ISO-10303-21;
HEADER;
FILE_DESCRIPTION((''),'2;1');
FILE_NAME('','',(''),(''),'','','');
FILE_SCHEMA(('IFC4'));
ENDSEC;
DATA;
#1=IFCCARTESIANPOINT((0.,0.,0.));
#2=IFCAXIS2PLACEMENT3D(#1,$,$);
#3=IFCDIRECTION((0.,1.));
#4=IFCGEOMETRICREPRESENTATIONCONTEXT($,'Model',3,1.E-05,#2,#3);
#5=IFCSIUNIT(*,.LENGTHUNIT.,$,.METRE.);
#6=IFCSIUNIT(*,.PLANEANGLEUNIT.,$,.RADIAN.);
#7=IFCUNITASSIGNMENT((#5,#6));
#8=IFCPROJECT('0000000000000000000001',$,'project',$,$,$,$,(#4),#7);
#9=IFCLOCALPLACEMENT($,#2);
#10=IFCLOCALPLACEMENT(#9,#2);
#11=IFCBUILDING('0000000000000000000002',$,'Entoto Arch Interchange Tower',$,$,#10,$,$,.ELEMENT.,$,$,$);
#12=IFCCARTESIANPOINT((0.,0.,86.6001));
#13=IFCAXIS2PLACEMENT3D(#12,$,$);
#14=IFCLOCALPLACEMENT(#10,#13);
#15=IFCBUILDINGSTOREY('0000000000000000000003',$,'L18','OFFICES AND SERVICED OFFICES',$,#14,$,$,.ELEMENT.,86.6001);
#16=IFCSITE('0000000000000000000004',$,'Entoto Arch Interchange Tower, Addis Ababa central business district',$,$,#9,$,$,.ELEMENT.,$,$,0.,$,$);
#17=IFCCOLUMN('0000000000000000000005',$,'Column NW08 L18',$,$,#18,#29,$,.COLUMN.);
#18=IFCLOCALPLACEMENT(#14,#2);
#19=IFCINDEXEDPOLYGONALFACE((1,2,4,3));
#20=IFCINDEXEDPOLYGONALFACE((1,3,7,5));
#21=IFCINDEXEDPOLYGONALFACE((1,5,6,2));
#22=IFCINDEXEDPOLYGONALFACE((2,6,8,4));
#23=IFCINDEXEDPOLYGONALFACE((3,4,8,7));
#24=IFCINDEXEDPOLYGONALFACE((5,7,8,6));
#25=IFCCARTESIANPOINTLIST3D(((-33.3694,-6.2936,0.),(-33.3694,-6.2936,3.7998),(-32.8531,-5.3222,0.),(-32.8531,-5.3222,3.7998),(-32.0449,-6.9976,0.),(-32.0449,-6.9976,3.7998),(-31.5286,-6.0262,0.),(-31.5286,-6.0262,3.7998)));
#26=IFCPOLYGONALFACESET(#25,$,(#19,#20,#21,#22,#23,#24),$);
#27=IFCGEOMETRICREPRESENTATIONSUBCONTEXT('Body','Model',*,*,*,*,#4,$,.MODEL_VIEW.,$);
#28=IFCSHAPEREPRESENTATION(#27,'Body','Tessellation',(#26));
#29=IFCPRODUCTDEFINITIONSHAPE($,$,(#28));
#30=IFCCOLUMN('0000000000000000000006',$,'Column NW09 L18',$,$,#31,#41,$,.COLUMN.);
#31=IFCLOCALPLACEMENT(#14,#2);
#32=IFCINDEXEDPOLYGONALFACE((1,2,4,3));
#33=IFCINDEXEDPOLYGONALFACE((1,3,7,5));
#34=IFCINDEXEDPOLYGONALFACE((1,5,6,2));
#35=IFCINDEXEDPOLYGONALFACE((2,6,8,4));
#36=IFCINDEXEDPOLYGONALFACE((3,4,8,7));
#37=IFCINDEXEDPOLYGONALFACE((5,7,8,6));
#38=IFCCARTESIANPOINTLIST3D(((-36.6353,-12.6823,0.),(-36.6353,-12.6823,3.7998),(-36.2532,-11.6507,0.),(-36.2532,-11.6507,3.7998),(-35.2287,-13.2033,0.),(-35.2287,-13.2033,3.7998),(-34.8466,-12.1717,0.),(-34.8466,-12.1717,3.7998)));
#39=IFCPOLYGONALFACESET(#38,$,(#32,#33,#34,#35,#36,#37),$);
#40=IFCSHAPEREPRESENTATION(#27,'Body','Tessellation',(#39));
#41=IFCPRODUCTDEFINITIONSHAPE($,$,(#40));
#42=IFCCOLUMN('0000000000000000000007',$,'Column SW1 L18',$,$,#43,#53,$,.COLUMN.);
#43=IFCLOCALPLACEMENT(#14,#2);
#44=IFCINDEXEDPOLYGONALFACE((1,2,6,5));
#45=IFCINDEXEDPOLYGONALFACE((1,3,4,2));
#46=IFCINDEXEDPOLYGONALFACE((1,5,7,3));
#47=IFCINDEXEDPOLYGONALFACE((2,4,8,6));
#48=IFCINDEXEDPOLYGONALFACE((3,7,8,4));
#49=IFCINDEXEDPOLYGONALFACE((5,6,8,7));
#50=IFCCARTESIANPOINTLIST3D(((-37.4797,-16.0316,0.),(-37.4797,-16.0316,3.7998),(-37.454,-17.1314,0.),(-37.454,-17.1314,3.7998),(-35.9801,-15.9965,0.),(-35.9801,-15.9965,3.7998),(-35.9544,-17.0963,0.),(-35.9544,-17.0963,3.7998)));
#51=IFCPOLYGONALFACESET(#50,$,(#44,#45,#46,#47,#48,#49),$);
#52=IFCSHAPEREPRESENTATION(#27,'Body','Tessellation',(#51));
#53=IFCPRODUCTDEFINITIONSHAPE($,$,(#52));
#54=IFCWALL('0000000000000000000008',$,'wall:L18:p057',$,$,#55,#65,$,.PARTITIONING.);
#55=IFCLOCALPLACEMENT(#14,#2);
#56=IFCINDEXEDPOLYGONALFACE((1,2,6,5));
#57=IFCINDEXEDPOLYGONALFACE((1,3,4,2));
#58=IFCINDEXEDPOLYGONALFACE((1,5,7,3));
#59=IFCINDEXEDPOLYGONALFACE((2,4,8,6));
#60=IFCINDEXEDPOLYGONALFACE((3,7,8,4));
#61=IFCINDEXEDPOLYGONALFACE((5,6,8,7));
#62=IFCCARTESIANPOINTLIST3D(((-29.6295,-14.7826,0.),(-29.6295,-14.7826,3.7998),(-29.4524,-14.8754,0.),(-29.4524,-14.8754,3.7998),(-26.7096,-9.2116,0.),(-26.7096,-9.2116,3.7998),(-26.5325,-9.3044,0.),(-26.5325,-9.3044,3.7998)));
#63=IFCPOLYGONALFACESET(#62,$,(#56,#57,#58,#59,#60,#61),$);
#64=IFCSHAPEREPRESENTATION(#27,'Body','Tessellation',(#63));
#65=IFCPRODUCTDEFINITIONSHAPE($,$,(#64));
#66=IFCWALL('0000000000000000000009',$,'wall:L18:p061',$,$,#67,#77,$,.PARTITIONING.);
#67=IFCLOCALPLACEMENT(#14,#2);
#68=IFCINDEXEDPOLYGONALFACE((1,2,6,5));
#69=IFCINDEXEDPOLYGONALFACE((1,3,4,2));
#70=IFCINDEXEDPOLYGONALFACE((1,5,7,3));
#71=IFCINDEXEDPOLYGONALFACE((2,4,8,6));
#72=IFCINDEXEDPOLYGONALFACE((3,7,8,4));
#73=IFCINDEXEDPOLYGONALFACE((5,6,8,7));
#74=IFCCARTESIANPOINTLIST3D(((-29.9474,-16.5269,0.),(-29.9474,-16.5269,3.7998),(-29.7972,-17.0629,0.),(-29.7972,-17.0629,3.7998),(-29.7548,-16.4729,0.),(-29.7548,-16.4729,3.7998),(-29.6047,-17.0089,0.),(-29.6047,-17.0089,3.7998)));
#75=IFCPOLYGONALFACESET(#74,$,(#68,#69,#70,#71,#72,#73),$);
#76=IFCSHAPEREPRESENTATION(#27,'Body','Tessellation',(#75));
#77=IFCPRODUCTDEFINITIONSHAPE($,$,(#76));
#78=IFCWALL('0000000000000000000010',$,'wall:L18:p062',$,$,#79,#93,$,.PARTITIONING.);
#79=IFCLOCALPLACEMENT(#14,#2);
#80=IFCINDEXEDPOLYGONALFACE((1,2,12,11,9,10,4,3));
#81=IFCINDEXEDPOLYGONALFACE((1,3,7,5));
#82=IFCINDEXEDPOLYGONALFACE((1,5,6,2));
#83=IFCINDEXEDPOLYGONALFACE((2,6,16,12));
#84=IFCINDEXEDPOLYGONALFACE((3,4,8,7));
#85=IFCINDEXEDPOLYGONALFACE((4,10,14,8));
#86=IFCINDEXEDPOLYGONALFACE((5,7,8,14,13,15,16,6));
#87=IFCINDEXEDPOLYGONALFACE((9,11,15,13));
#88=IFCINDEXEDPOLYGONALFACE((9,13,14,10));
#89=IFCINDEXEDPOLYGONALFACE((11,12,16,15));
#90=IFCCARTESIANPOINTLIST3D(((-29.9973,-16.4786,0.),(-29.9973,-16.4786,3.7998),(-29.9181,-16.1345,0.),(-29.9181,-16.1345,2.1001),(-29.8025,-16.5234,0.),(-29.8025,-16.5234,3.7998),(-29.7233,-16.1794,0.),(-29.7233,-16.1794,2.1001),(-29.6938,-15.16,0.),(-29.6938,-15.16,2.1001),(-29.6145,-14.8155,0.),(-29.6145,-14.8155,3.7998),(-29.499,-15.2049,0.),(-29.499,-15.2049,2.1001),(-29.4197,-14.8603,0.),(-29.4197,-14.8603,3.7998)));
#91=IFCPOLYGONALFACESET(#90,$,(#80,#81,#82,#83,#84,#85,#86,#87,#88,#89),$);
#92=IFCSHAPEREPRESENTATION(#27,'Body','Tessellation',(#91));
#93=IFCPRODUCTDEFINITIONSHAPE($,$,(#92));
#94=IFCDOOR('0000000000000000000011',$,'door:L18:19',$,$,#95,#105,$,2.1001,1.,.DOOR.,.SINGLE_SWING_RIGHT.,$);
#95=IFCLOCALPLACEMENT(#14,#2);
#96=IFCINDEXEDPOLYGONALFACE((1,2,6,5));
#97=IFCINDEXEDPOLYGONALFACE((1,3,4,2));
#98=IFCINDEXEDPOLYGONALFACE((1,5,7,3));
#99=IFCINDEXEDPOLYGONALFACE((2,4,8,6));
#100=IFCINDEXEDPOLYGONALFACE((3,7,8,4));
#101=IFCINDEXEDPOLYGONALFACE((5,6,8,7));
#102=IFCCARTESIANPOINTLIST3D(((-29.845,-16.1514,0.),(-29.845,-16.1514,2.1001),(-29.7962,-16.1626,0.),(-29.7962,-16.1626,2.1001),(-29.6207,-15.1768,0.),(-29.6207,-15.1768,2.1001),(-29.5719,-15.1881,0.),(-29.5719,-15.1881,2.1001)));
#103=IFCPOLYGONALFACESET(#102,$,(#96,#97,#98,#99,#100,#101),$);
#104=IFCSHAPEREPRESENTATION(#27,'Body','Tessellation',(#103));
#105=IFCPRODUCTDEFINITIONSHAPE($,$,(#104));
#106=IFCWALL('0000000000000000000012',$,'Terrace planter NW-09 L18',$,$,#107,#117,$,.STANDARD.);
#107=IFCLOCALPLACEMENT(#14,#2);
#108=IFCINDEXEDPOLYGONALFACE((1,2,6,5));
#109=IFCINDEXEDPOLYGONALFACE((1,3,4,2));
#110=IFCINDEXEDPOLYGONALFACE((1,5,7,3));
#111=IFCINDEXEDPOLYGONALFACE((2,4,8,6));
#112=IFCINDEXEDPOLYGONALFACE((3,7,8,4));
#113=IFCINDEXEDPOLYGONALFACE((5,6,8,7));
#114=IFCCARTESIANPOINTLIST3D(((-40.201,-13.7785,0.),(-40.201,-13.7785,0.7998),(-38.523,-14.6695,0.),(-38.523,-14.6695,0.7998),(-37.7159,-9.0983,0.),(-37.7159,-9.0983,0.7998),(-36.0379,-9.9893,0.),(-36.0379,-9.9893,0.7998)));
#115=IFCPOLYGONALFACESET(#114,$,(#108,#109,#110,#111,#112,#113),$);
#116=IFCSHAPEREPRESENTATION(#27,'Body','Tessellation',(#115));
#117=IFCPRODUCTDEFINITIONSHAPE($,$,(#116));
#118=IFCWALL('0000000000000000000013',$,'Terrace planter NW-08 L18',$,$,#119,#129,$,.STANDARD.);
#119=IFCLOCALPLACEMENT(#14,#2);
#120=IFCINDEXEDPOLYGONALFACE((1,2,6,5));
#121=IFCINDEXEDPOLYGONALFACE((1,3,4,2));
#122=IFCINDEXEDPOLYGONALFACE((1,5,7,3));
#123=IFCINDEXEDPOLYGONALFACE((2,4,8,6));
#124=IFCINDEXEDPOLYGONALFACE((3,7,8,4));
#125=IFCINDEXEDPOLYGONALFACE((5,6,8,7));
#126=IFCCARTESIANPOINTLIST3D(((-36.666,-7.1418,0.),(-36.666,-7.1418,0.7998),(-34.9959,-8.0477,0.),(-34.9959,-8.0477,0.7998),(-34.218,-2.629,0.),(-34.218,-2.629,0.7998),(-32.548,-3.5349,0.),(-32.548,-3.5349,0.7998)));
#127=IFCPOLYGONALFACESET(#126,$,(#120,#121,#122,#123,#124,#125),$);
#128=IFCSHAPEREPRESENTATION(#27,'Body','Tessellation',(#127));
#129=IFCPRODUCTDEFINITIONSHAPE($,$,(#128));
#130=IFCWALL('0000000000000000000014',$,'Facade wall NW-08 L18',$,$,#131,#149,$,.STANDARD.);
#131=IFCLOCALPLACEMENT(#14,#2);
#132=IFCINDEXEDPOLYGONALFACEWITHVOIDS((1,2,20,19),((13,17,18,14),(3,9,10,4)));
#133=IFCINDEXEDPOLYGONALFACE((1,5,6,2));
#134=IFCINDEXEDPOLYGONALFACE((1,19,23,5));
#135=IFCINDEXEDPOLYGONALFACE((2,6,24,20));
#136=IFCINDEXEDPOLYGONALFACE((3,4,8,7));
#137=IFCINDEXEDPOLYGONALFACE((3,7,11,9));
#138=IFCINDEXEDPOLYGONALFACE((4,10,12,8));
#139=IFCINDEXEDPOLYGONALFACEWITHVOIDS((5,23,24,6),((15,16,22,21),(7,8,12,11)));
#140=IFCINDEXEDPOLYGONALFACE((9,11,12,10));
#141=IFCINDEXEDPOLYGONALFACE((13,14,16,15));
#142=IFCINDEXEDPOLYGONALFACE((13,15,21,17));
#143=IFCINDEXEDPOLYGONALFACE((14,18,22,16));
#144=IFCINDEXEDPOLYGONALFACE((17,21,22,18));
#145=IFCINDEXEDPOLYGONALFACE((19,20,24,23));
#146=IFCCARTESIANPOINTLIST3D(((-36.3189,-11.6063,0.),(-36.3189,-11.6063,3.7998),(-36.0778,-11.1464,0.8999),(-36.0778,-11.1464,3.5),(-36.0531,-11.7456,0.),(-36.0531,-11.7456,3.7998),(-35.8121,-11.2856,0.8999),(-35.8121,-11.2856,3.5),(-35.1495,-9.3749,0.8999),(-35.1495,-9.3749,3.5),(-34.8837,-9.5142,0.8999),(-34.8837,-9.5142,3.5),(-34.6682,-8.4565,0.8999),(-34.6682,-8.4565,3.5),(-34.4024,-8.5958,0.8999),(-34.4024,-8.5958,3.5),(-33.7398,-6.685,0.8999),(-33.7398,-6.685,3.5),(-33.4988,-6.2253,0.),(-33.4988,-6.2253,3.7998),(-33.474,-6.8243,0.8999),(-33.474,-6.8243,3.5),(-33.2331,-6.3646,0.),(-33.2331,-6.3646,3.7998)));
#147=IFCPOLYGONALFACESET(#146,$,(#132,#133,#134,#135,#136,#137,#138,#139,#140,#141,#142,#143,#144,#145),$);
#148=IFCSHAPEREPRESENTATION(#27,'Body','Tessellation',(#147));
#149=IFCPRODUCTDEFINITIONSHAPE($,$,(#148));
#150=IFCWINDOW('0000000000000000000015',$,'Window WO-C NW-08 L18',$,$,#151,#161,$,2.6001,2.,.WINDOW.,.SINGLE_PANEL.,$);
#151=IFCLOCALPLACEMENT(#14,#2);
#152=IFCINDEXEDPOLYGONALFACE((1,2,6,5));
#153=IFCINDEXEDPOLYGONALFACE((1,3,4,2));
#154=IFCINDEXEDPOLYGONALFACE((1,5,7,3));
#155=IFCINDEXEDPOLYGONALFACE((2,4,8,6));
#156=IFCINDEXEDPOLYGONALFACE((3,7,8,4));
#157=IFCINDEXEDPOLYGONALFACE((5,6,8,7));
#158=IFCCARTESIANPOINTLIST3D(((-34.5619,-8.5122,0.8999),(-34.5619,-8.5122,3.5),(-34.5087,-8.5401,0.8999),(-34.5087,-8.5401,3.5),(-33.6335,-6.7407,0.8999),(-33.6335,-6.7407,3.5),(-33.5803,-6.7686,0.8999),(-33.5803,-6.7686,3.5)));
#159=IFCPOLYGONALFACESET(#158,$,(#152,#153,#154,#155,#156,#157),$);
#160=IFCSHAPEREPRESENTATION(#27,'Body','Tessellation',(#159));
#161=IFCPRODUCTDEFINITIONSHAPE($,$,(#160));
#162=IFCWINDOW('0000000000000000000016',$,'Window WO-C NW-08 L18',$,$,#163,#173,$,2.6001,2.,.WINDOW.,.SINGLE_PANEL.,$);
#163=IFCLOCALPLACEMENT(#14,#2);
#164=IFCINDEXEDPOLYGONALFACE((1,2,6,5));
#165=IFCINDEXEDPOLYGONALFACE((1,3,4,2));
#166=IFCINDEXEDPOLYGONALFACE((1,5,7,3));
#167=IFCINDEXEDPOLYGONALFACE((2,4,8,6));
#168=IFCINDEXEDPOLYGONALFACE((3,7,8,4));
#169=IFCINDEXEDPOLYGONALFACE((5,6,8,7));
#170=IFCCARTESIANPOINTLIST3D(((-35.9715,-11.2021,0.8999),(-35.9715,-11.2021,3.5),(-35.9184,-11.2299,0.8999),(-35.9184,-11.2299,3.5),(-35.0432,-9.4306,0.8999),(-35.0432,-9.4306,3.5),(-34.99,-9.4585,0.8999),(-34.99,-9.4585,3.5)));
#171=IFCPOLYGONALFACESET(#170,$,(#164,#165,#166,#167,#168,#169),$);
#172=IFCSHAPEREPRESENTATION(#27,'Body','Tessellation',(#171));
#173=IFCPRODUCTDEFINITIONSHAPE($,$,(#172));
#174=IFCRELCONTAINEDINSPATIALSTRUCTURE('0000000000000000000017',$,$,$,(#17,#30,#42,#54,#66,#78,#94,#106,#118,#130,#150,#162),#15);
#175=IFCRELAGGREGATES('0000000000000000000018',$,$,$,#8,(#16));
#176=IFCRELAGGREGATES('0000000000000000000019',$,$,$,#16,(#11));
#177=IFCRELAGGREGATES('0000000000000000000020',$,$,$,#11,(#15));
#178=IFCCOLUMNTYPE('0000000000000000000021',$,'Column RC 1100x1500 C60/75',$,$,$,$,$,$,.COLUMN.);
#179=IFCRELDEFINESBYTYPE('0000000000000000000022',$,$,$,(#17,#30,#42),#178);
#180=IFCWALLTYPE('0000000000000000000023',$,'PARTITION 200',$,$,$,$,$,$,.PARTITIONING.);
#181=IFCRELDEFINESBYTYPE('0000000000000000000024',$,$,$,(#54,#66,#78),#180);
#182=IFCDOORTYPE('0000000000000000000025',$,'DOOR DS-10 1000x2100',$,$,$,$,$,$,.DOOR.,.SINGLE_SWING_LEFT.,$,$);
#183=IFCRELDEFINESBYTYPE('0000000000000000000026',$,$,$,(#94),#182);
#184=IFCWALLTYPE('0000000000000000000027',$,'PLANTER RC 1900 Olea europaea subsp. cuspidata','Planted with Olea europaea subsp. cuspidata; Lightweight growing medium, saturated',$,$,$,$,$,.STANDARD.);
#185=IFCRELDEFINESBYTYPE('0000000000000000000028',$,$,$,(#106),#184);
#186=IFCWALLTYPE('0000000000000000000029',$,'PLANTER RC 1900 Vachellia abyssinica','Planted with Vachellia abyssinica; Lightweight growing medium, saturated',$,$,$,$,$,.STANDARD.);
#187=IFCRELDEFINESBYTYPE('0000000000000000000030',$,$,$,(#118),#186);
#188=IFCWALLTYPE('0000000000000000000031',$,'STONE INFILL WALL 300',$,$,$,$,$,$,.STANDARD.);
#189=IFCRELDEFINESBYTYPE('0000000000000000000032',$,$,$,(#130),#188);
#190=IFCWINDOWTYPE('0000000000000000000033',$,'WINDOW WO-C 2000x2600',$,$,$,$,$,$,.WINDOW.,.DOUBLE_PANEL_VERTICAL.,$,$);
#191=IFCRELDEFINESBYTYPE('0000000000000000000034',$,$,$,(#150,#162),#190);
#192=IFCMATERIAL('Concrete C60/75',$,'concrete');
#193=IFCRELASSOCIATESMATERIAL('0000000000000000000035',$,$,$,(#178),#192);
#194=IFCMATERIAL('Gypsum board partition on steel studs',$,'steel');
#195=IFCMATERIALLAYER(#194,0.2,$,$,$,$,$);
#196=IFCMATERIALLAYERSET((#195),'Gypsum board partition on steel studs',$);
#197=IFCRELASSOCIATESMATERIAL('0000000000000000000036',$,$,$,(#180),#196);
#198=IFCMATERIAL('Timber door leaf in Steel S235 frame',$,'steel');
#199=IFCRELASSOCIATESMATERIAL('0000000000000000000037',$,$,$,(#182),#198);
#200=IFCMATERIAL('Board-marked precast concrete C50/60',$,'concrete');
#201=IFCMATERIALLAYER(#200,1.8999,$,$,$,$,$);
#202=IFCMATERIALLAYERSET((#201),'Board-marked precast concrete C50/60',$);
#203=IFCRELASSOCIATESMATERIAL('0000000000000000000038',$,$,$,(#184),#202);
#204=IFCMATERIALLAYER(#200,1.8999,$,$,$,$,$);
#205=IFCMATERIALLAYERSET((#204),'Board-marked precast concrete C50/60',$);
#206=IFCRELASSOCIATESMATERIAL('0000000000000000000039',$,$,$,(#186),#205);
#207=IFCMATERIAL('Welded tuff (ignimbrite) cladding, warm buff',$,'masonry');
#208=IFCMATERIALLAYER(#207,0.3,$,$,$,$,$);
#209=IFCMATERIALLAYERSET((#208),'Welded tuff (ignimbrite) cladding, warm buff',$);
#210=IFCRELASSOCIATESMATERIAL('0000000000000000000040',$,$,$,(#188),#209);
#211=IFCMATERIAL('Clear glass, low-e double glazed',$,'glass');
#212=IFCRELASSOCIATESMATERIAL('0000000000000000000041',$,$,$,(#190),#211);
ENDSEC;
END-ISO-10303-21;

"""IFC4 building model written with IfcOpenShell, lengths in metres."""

from ifc_helpers import new_model, si_unit, direction, frame, frame_2d, origin, origin_2d, place, context, subcontext, project, spatial, rectangle, extrude, material, layer, layer_set, material_profile, profile_set, type_object, element, fill, save


model = new_model("IFC4")

# Units and contexts
model_context = context("Model", 3, precision=1e-05, world=origin(), true_north=direction((0.0, 1.0)))
body_context = subcontext(model_context, "Body", "Model", "MODEL_VIEW")
ifc_project = project(units=[si_unit("LENGTHUNIT", "METRE"), si_unit("PLANEANGLEUNIT", "RADIAN")], contexts=[model_context])

# Site, building, storey
site_placement = place(None, origin())
site = spatial("IfcSite", under=ifc_project, at=site_placement, Name="Entoto Arch Interchange Tower, Addis Ababa central business district", CompositionType="ELEMENT", RefElevation=0.0)
building_placement = place(site_placement, origin())
building = spatial("IfcBuilding", under=site, at=building_placement, Name="Entoto Arch Interchange Tower", CompositionType="ELEMENT")
storey_placement = place(building_placement, frame((0.0, 0.0, 86.6001)))
storey = spatial("IfcBuildingStorey", under=building, at=storey_placement, Name="L18", Description="OFFICES AND SERVICED OFFICES", CompositionType="ELEMENT", Elevation=86.6001)

# Columns
ifc_material_1 = material(Name="Concrete C60/75", Category="concrete")
ifc_material_profile = material_profile(ifc_material_1, rectangle(XDim=1.1001, YDim=1.5, at=origin_2d()))
ifc_profile_set = profile_set([ifc_material_profile], Name="Concrete C60/75")
column_type = type_object("IfcColumnType", Name="Column RC 1100x1500 C60/75", PredefinedType="COLUMN", material=ifc_profile_set)
for number, where, z_axis, x_axis, name in (
    (1, (-32.449, -6.1599, 0.0), (0.0, 0.0, 1.0), (0.469333, 0.883021, 0.0), "Column NW08 L18"),
    (2, (-35.741, -12.427, 0.0), (0.0, 0.0, 1.0), (0.347312, 0.93775, 0.0), "Column NW09 L18"),
    (3, (-36.717, -16.564, 0.0), (0.0, 0.0, 1.0), (-0.023385, 0.999727, 0.0), "Column SW1 L18"),
):
    element("IfcColumn", number, at=place(storey_placement, frame(where, z_axis=z_axis, x_axis=x_axis)), inside=storey, type_object=column_type, Name=name, PredefinedType="COLUMN", context=body_context, shape_type="SweptSolid", body=[
        extrude(rectangle(XDim=1.1001, YDim=1.5, at=origin_2d()), origin(), (0.0, 0.0, 1.0), 3.7998),
    ])

# Walls
ifc_material_2 = material(Name="Gypsum board partition on steel studs", Category="steel")
ifc_layer_1 = layer(ifc_material_2, 0.2)
ifc_layer_set_1 = layer_set([ifc_layer_1], Name="Gypsum board partition on steel studs")
wall_type_1 = type_object("IfcWallType", Name="PARTITION 200", PredefinedType="PARTITIONING", material=ifc_layer_set_1)
wall_1_placement = place(storey_placement, frame((-29.541, -14.8291, 0.0), z_axis=(0.0, 0.0, 1.0), x_axis=(0.464226, 0.885717, 0.0)))
element("IfcWall", 4, at=wall_1_placement, inside=storey, type_object=wall_type_1, Name="wall:L18:p057", PredefinedType="PARTITIONING", context=body_context, shape_type="SweptSolid", body=[
    extrude(rectangle(XDim=6.2898, YDim=0.2, at=frame_2d((3.145, 0.0))), origin(), (0.0, 0.0, 1.0), 3.7998),
])
wall_2_placement = place(storey_placement, frame((-29.7009, -17.0359, 0.0), z_axis=(0.0, 0.0, 1.0), x_axis=(-0.269793, 0.962918, 0.0)))
element("IfcWall", 5, at=wall_2_placement, inside=storey, type_object=wall_type_1, Name="wall:L18:p061", PredefinedType="PARTITIONING", context=body_context, shape_type="SweptSolid", body=[
    extrude(rectangle(XDim=0.5566, YDim=0.2, at=frame_2d((0.2783, 0.0))), origin(), (0.0, 0.0, 1.0), 3.7998),
])

# Wall, opening, door
wall_3_placement = place(storey_placement, frame((-29.8999, -16.501, 0.0), z_axis=(0.0, 0.0, 1.0), x_axis=(0.224316, 0.974516, 0.0)))
wall_3 = element("IfcWall", 6, at=wall_3_placement, inside=storey, type_object=wall_type_1, Name="wall:L18:p062", PredefinedType="PARTITIONING", context=body_context, shape_type="SweptSolid", body=[
    extrude(rectangle(XDim=1.7065, YDim=0.2, at=frame_2d((0.8533, 0.0))), origin(), (0.0, 0.0, 1.0), 3.7998),
])
opening_1_placement = place(wall_3_placement, frame((0.353, 0.0, 0.0)))
opening_1 = element("IfcOpeningElement", 7, at=opening_1_placement, cuts=wall_3, PredefinedType="OPENING", context=body_context, shape_type="SweptSolid", body=[
    extrude(rectangle(XDim=1.0, YDim=2.1001, at=frame_2d((0.5, 1.05))), frame((0.0, 0.1099, 0.0), z_axis=(0.0, -1.0, 0.0), x_axis=(1.0, 0.0, 0.0)), (0.0, 0.0, 1.0), 0.22),
])
ifc_material_3 = material(Name="Timber door leaf in Steel S235 frame", Category="steel")
door_type = type_object("IfcDoorType", Name="DOOR DS-10 1000x2100", OperationType="SINGLE_SWING_LEFT", PredefinedType="DOOR", material=ifc_material_3)
door_placement = place(opening_1_placement, origin())
door = element("IfcDoor", 8, at=door_placement, inside=storey, type_object=door_type, Name="door:L18:19", OperationType="SINGLE_SWING_RIGHT", OverallHeight=2.1001, OverallWidth=1.0, PredefinedType="DOOR", context=body_context, shape_type="SweptSolid", body=[
    extrude(rectangle(XDim=1.0, YDim=2.1001, at=frame_2d((0.5, 1.05))), frame((0.0, 0.0249, 0.0), z_axis=(0.0, -1.0, 0.0), x_axis=(1.0, 0.0, 0.0)), (0.0, 0.0, 1.0), 0.05),
])
fill(opening_1, door)

# Walls
ifc_material_4 = material(Name="Board-marked precast concrete C50/60", Category="concrete")
ifc_layer_2 = layer(ifc_material_4, 1.8999)
ifc_layer_set_2 = layer_set([ifc_layer_2], Name="Board-marked precast concrete C50/60")
wall_type_2 = type_object("IfcWallType", Name="PLANTER RC 1900 Olea europaea subsp. cuspidata", Description="Planted with Olea europaea subsp. cuspidata; Lightweight growing medium, saturated", PredefinedType="STANDARD", material=ifc_layer_set_2)
wall_4_placement = place(storey_placement, frame((-36.877, -9.5439, 0.0), z_axis=(0.0, 0.0, 1.0), x_axis=(-0.468973, -0.883212, 0.0)))
element("IfcWall", 9, at=wall_4_placement, inside=storey, type_object=wall_type_2, Name="Terrace planter NW-09 L18", PredefinedType="STANDARD", context=body_context, shape_type="SweptSolid", body=[
    extrude(rectangle(XDim=5.2991, YDim=1.8999, at=frame_2d((2.6494, 0.0))), origin(), (0.0, 0.0, 1.0), 0.7998),
])
ifc_layer_3 = layer(ifc_material_4, 1.8999)
ifc_layer_set_3 = layer_set([ifc_layer_3], Name="Board-marked precast concrete C50/60")
wall_type_3 = type_object("IfcWallType", Name="PLANTER RC 1900 Vachellia abyssinica", Description="Planted with Vachellia abyssinica; Lightweight growing medium, saturated", PredefinedType="STANDARD", material=ifc_layer_set_3)
wall_5_placement = place(storey_placement, frame((-33.3831, -3.082, 0.0), z_axis=(0.0, 0.0, 1.0), x_axis=(-0.476809, -0.879007, 0.0)))
element("IfcWall", 10, at=wall_5_placement, inside=storey, type_object=wall_type_3, Name="Terrace planter NW-08 L18", PredefinedType="STANDARD", context=body_context, shape_type="SweptSolid", body=[
    extrude(rectangle(XDim=5.134, YDim=1.8999, at=frame_2d((2.5669, 0.0))), origin(), (0.0, 0.0, 1.0), 0.7998),
])

# Wall, openings, windows
ifc_material_5 = material(Name="Welded tuff (ignimbrite) cladding, warm buff", Category="masonry")
ifc_layer_4 = layer(ifc_material_5, 0.3)
ifc_layer_set_4 = layer_set([ifc_layer_4], Name="Welded tuff (ignimbrite) cladding, warm buff")
wall_type_4 = type_object("IfcWallType", Name="STONE INFILL WALL 300", PredefinedType="STANDARD", material=ifc_layer_set_4)
wall_6_placement = place(storey_placement, frame((-33.366, -6.2949, 0.0), z_axis=(0.0, 0.0, 1.0), x_axis=(-0.464187, -0.885737, 0.0)))
wall_6 = element("IfcWall", 11, at=wall_6_placement, inside=storey, type_object=wall_type_4, Name="Facade wall NW-08 L18", PredefinedType="STANDARD", context=body_context, shape_type="SweptSolid", body=[
    extrude(rectangle(XDim=6.0752, YDim=0.3, at=frame_2d((3.0376, 0.0))), origin(), (0.0, 0.0, 1.0), 3.7998),
])
opening_2_placement = place(wall_6_placement, frame((0.519, 0.0, 0.8999)))
opening_2 = element("IfcOpeningElement", 12, at=opening_2_placement, cuts=wall_6, PredefinedType="OPENING", context=body_context, shape_type="SweptSolid", body=[
    extrude(rectangle(XDim=2.0, YDim=2.6001, at=frame_2d((1.0, 1.3))), frame((0.0, 0.1602, 0.0), z_axis=(0.0, -1.0, 0.0), x_axis=(1.0, 0.0, 0.0)), (0.0, 0.0, 1.0), 0.3201),
])
opening_3_placement = place(wall_6_placement, frame((3.5559, 0.0, 0.8999)))
opening_3 = element("IfcOpeningElement", 13, at=opening_3_placement, cuts=wall_6, PredefinedType="OPENING", context=body_context, shape_type="SweptSolid", body=[
    extrude(rectangle(XDim=2.0, YDim=2.6001, at=frame_2d((1.0, 1.3))), frame((0.0, 0.1602, 0.0), z_axis=(0.0, -1.0, 0.0), x_axis=(1.0, 0.0, 0.0)), (0.0, 0.0, 1.0), 0.3201),
])
ifc_material_6 = material(Name="Clear glass, low-e double glazed", Category="glass")
window_type_1 = type_object("IfcWindowType", Name="WINDOW WO-C 2000x2600", PartitioningType="DOUBLE_PANEL_VERTICAL", PredefinedType="WINDOW", material=ifc_material_6)
window_1_placement = place(opening_2_placement, origin())
window_1 = element("IfcWindow", 14, at=window_1_placement, inside=storey, type_object=window_type_1, Name="Window WO-C NW-08 L18", OverallHeight=2.6001, OverallWidth=2.0, PartitioningType="SINGLE_PANEL", PredefinedType="WINDOW", context=body_context, shape_type="SweptSolid", body=[
    extrude(rectangle(XDim=2.0, YDim=2.6001, at=frame_2d((1.0, 1.3))), frame((0.0, 0.03, 0.0), z_axis=(0.0, -1.0, 0.0), x_axis=(1.0, 0.0, 0.0)), (0.0, 0.0, 1.0), 0.0601),
])
fill(opening_2, window_1)
window_2_placement = place(opening_3_placement, origin())
window_2 = element("IfcWindow", 15, at=window_2_placement, inside=storey, type_object=window_type_1, Name="Window WO-C NW-08 L18", OverallHeight=2.6001, OverallWidth=2.0, PartitioningType="SINGLE_PANEL", PredefinedType="WINDOW", context=body_context, shape_type="SweptSolid", body=[
    extrude(rectangle(XDim=2.0, YDim=2.6001, at=frame_2d((1.0, 1.3))), frame((0.0, 0.03, 0.0), z_axis=(0.0, -1.0, 0.0), x_axis=(1.0, 0.0, 0.0)), (0.0, 0.0, 1.0), 0.0601),
])
fill(opening_3, window_2)

save(model, "model.ifc")
